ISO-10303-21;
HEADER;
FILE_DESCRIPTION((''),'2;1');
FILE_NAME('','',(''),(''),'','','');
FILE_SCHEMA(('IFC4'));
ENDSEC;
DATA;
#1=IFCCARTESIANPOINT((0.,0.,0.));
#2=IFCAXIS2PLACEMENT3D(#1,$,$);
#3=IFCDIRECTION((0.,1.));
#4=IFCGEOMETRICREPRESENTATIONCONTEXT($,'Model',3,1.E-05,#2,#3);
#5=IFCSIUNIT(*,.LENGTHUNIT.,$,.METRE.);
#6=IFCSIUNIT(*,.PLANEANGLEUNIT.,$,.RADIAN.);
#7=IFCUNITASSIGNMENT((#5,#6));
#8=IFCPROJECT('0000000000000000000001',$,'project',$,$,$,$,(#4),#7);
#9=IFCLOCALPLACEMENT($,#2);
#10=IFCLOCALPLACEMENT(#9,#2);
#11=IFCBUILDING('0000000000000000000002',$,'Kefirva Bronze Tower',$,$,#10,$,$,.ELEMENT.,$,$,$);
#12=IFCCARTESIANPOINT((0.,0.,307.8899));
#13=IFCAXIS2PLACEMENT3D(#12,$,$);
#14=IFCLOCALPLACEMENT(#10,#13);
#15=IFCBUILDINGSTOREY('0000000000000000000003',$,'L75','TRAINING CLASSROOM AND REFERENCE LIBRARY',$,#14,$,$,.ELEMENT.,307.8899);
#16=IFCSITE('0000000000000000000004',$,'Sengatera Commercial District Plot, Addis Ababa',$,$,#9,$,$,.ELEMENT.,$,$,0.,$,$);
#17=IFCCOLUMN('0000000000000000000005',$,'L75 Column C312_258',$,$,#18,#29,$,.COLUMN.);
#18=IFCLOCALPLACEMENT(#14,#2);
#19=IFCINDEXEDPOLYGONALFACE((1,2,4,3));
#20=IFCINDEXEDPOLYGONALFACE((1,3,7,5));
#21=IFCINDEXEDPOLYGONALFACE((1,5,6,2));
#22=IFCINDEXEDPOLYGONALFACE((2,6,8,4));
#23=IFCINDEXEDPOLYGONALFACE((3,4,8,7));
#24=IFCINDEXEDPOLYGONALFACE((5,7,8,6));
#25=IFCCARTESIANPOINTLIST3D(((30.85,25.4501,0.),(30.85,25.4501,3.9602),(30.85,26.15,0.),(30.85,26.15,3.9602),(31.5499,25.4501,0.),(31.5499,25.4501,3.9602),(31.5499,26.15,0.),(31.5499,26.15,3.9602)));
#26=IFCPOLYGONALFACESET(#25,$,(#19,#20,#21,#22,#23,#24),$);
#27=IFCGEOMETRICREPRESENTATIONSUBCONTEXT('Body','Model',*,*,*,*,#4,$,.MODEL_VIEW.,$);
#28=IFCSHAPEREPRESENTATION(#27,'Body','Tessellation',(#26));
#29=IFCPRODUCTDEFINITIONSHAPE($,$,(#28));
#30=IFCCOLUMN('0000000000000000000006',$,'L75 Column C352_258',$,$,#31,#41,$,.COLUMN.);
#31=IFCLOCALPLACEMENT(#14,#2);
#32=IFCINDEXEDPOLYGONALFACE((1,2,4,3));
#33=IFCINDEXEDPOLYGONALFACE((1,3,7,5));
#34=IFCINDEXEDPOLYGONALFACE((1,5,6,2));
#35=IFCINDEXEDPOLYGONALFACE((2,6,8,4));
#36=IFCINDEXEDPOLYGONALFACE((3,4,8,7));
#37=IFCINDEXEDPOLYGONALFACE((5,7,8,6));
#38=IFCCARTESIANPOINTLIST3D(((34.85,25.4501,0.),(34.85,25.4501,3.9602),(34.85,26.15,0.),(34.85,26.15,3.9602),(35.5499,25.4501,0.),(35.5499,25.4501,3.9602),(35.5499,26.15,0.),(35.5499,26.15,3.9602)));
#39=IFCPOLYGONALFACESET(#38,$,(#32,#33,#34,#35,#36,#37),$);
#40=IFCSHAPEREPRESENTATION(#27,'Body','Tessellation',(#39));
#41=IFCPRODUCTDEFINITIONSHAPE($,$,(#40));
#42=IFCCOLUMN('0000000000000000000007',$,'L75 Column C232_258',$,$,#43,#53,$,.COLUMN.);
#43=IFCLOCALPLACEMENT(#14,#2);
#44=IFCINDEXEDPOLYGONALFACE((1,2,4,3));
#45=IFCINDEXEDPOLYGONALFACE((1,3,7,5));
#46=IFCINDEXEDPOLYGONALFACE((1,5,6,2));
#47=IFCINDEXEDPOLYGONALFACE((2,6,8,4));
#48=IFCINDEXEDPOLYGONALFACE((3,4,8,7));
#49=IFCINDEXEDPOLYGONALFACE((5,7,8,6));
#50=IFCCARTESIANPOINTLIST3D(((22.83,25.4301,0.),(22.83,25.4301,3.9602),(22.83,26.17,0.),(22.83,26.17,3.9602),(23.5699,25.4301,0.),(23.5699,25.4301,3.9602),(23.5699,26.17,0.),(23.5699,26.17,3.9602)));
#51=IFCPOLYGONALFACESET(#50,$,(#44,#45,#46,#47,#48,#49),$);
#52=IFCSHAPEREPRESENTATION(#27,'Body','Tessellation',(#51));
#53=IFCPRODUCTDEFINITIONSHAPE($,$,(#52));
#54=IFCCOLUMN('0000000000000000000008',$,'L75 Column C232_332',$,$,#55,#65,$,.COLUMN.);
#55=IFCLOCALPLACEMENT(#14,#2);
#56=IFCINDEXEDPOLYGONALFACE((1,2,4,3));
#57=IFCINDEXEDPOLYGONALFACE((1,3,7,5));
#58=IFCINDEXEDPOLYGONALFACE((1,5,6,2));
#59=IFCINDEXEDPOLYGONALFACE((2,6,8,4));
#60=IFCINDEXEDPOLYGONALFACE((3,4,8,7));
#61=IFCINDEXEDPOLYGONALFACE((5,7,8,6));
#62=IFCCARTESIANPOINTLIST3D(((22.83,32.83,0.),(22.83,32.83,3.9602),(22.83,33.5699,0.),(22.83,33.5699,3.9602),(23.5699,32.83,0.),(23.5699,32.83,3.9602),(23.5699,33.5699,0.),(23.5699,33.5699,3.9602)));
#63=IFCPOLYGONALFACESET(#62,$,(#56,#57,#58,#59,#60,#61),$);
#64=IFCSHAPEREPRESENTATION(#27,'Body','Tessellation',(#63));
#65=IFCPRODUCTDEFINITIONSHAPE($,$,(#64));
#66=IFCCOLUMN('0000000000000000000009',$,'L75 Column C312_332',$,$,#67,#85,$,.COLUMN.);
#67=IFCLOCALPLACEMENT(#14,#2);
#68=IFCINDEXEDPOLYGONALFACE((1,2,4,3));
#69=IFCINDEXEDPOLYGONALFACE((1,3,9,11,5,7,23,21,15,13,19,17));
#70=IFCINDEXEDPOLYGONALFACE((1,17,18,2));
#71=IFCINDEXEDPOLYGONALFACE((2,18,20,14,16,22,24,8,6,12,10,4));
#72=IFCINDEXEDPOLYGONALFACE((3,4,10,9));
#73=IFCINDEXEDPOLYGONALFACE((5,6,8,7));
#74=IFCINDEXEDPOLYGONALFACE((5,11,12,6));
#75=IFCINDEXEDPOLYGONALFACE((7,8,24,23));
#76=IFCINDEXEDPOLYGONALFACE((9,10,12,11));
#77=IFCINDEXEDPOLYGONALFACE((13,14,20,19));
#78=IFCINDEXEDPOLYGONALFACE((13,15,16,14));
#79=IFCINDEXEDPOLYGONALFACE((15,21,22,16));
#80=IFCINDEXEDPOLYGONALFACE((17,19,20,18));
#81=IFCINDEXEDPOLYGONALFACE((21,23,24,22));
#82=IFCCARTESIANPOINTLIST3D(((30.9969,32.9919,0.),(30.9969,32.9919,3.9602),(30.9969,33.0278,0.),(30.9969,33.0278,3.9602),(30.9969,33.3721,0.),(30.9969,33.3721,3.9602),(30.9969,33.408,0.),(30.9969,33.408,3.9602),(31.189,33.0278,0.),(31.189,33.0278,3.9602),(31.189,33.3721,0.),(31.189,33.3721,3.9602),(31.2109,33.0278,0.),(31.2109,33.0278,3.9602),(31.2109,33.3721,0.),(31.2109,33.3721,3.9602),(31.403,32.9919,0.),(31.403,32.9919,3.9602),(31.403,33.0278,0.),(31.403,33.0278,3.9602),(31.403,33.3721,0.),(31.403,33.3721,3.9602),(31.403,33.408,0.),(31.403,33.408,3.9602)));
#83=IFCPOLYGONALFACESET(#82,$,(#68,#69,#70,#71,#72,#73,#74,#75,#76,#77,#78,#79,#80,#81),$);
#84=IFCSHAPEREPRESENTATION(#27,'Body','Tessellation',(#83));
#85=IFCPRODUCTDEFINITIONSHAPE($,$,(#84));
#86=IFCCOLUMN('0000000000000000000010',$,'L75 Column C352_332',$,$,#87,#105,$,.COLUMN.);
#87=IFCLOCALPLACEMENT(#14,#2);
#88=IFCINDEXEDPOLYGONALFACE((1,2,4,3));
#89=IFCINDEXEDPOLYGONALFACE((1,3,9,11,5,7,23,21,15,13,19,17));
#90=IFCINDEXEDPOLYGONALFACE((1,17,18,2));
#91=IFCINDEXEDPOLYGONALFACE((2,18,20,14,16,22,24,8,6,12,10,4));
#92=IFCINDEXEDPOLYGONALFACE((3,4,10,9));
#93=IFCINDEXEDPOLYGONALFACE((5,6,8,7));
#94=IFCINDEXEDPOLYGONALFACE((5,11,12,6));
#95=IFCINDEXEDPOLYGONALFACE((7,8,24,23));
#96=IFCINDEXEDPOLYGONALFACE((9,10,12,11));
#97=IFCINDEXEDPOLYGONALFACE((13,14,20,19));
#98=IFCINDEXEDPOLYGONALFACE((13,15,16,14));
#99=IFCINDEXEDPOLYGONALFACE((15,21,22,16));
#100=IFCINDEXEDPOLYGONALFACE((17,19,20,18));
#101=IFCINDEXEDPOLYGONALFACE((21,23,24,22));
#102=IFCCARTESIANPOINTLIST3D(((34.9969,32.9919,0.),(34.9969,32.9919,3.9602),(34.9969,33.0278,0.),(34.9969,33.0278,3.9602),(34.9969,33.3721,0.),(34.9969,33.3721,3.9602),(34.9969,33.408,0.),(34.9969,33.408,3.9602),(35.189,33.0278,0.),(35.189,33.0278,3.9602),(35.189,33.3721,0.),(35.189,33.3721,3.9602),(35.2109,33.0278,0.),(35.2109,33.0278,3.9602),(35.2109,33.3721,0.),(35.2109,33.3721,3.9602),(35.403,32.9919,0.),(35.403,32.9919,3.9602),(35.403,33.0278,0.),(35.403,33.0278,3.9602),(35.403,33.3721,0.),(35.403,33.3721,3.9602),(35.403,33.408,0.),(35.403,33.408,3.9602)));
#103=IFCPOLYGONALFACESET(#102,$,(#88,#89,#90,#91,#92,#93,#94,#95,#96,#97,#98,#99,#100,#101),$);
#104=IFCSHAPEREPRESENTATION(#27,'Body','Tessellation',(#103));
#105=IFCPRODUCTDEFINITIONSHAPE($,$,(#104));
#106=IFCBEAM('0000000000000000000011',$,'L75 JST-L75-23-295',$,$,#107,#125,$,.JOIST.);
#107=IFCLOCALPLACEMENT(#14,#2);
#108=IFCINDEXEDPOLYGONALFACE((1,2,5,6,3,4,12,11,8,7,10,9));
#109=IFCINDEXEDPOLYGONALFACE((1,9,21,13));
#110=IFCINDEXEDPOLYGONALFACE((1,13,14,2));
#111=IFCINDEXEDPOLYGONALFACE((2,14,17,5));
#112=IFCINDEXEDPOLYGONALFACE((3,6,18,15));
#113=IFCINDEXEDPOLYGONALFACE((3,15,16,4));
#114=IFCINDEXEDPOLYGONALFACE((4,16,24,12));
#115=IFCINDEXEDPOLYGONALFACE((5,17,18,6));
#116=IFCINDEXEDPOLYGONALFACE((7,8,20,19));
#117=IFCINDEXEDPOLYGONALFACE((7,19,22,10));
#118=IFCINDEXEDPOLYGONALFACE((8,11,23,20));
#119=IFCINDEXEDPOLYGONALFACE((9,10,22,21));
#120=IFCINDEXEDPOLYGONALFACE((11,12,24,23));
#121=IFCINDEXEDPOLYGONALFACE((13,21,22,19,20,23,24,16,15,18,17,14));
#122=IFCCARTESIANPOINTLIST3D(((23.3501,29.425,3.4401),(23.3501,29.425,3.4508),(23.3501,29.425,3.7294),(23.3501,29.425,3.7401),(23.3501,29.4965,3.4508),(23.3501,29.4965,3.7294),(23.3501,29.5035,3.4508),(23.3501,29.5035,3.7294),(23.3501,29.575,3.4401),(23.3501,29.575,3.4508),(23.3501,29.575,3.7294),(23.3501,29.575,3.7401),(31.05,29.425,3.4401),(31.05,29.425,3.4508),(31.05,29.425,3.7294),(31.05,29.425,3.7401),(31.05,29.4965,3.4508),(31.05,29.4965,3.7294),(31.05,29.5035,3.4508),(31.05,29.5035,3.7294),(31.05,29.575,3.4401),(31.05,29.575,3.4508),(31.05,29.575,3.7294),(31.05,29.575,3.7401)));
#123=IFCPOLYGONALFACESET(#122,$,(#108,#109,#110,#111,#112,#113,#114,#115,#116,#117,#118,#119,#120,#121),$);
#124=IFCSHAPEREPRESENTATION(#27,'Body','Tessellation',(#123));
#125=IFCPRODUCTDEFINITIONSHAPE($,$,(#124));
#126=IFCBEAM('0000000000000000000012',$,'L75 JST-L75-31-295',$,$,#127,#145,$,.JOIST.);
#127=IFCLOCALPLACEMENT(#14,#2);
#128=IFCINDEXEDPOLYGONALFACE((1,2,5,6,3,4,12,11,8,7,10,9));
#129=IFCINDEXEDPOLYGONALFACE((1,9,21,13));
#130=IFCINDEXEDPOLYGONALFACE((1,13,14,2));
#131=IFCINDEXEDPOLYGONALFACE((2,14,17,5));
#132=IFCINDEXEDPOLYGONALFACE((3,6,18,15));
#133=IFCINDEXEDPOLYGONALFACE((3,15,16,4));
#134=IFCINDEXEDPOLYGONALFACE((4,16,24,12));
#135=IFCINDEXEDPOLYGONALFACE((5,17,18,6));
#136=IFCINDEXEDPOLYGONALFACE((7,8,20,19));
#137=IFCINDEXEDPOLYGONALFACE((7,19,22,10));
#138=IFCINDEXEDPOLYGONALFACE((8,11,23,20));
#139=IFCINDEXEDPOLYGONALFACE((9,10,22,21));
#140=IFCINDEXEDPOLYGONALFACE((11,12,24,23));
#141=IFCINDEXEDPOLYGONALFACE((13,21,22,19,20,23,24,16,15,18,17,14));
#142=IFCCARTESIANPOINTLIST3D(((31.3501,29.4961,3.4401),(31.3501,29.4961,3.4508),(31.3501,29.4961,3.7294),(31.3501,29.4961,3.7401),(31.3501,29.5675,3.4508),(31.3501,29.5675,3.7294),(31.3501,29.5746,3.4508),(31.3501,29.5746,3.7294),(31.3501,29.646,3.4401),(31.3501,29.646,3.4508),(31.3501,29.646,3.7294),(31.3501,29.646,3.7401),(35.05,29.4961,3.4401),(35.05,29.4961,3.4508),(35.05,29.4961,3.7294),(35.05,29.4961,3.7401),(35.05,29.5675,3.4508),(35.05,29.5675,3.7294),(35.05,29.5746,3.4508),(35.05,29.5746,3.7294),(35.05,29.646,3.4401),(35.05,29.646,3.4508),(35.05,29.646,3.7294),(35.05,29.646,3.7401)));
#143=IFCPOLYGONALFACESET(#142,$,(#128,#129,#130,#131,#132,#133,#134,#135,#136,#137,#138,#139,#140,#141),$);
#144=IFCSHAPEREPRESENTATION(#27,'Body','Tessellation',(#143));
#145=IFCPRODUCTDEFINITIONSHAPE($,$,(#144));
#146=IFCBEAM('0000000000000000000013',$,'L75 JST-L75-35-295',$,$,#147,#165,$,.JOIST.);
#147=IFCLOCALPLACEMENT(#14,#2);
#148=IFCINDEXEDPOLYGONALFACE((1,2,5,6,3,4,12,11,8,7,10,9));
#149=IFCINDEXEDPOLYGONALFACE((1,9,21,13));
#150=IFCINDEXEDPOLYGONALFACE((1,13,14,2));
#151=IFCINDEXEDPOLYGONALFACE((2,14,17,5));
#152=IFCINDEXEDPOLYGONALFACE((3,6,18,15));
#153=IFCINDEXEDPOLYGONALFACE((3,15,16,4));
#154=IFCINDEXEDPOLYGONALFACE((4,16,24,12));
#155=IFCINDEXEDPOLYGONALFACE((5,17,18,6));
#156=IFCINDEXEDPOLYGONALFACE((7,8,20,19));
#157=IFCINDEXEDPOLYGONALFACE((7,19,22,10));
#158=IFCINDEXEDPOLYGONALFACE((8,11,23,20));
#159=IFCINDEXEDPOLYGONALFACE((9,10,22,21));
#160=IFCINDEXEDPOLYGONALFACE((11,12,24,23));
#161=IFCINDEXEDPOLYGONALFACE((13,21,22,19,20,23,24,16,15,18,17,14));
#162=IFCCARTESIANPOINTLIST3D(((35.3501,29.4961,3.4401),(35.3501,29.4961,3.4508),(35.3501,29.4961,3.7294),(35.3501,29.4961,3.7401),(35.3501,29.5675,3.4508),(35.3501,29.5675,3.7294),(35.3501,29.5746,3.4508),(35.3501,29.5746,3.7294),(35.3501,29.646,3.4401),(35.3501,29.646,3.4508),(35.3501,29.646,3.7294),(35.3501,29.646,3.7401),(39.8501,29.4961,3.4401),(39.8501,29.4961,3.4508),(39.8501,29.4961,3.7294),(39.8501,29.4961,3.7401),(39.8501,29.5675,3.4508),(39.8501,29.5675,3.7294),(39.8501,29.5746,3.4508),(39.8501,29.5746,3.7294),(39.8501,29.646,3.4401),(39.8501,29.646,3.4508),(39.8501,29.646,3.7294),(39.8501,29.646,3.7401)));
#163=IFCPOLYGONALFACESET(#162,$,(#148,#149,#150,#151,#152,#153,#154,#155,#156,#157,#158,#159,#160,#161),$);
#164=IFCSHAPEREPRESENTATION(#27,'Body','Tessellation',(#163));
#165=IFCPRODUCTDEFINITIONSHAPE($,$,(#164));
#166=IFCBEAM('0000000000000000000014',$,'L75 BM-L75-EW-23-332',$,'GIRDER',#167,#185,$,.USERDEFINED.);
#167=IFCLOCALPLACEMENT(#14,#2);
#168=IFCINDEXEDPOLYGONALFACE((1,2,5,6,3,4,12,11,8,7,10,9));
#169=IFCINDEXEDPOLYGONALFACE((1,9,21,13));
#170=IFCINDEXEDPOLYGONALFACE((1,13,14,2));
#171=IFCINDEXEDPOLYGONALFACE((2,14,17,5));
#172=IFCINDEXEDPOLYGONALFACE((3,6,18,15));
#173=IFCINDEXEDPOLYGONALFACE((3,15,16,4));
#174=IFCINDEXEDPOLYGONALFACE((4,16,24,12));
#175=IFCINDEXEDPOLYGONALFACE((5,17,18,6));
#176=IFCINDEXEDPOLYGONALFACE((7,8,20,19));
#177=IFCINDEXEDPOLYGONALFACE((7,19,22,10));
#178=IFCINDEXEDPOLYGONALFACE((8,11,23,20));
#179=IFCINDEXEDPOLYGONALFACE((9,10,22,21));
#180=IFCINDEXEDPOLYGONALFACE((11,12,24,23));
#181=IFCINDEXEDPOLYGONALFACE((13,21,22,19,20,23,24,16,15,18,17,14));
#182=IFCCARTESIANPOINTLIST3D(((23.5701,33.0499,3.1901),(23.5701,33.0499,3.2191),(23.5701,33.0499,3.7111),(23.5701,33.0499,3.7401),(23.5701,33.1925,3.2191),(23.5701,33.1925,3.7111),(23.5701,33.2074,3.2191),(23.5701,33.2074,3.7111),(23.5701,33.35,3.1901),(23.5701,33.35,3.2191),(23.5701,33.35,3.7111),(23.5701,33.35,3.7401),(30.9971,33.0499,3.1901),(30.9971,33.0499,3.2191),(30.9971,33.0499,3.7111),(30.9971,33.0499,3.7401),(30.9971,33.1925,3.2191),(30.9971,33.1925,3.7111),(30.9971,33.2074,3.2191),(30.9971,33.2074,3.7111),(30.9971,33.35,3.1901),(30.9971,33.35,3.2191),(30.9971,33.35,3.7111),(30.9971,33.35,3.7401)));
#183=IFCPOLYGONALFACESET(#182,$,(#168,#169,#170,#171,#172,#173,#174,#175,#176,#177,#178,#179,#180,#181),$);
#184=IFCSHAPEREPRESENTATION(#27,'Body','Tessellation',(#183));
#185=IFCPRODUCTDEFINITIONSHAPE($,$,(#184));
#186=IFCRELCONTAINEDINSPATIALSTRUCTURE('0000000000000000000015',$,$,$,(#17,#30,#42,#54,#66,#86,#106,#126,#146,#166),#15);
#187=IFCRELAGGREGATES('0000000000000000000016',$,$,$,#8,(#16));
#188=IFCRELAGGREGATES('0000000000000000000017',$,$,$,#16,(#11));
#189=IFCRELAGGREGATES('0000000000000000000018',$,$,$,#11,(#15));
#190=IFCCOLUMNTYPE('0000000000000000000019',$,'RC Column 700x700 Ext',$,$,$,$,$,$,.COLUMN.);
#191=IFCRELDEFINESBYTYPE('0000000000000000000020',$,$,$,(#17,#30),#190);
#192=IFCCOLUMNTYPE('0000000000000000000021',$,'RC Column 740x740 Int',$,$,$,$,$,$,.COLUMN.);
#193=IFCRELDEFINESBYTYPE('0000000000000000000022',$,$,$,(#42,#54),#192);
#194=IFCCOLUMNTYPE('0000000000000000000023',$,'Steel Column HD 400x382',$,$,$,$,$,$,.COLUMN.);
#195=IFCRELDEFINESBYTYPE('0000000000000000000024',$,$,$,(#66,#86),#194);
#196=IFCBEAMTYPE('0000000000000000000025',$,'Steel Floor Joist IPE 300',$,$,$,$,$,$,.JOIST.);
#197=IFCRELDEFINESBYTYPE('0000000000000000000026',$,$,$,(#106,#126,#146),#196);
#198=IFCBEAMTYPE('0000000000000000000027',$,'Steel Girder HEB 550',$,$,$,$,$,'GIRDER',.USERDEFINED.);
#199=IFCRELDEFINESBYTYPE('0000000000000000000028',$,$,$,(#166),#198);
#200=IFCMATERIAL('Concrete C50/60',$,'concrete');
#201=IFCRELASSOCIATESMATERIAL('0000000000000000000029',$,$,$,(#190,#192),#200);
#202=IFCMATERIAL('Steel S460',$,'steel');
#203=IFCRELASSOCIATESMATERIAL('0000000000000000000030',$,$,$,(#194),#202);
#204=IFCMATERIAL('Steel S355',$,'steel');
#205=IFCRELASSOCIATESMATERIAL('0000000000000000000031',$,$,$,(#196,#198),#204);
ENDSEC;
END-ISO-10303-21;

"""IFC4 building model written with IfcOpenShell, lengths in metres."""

from ifc_helpers import new_model, si_unit, direction, frame, origin, origin_2d, place, context, subcontext, project, spatial, rectangle, i_section, extrude, material, material_profile, profile_set, type_object, element, save


model = new_model("IFC4")

# Units and contexts
model_context = context("Model", 3, precision=1e-05, world=origin(), true_north=direction((0.0, 1.0)))
body_context = subcontext(model_context, "Body", "Model", "MODEL_VIEW")
ifc_project = project(units=[si_unit("LENGTHUNIT", "METRE"), si_unit("PLANEANGLEUNIT", "RADIAN")], contexts=[model_context])

# Site, building, storey
site_placement = place(None, origin())
site = spatial("IfcSite", under=ifc_project, at=site_placement, Name="Sengatera Commercial District Plot, Addis Ababa", CompositionType="ELEMENT", RefElevation=0.0)
building_placement = place(site_placement, origin())
building = spatial("IfcBuilding", under=site, at=building_placement, Name="Kefirva Bronze Tower", CompositionType="ELEMENT")
storey_placement = place(building_placement, frame((0.0, 0.0, 307.8899)))
storey = spatial("IfcBuildingStorey", under=building, at=storey_placement, Name="L75", Description="TRAINING CLASSROOM AND REFERENCE LIBRARY", CompositionType="ELEMENT", Elevation=307.8899)

# Columns
ifc_material_1 = material(Name="Concrete C50/60", Category="concrete")
ifc_material_profile_1 = material_profile(ifc_material_1, rectangle(XDim=0.7, YDim=0.7, at=origin_2d()), Name="RC 700x700")
ifc_profile_set_1 = profile_set([ifc_material_profile_1], Name="Concrete C50/60")
column_type_1 = type_object("IfcColumnType", Name="RC Column 700x700 Ext", PredefinedType="COLUMN", material=ifc_profile_set_1)
for number, where, z_axis, x_axis, name in (
    (1, (31.2, 25.8, 0.0), (0.0, 0.0, 1.0), (1.0, 0.0, 0.0), "L75 Column C312_258"),
    (2, (35.2, 25.8, 0.0), (0.0, 0.0, 1.0), (1.0, 0.0, 0.0), "L75 Column C352_258"),
):
    element("IfcColumn", number, at=place(storey_placement, frame(where, z_axis=z_axis, x_axis=x_axis)), inside=storey, type_object=column_type_1, Name=name, PredefinedType="COLUMN", context=body_context, shape_type="SweptSolid", body=[
        extrude(rectangle(XDim=0.7, YDim=0.7, at=origin_2d()), origin(), (0.0, 0.0, 1.0), 3.9602),
    ])
ifc_material_profile_2 = material_profile(ifc_material_1, rectangle(XDim=0.74, YDim=0.74, at=origin_2d()), Name="RC 740x740")
ifc_profile_set_2 = profile_set([ifc_material_profile_2], Name="Concrete C50/60")
column_type_2 = type_object("IfcColumnType", Name="RC Column 740x740 Int", PredefinedType="COLUMN", material=ifc_profile_set_2)
for number, where, z_axis, x_axis, name in (
    (3, (23.2, 25.8, 0.0), (0.0, 0.0, 1.0), (1.0, 0.0, 0.0), "L75 Column C232_258"),
    (4, (23.2, 33.2, 0.0), (0.0, 0.0, 1.0), (1.0, 0.0, 0.0), "L75 Column C232_332"),
):
    element("IfcColumn", number, at=place(storey_placement, frame(where, z_axis=z_axis, x_axis=x_axis)), inside=storey, type_object=column_type_2, Name=name, PredefinedType="COLUMN", context=body_context, shape_type="SweptSolid", body=[
        extrude(rectangle(XDim=0.74, YDim=0.74, at=origin_2d()), origin(), (0.0, 0.0, 1.0), 3.9602),
    ])
ifc_material_2 = material(Name="Steel S460", Category="steel")
ifc_material_profile_3 = material_profile(ifc_material_2, i_section(OverallWidth=0.406, OverallDepth=0.416, WebThickness=0.022, FlangeThickness=0.0359, at=origin_2d()), Name="HD 400x382")
ifc_profile_set_3 = profile_set([ifc_material_profile_3], Name="Steel S460")
column_type_3 = type_object("IfcColumnType", Name="Steel Column HD 400x382", PredefinedType="COLUMN", material=ifc_profile_set_3)
for number, where, z_axis, x_axis, name in (
    (5, (31.2, 33.2, 0.0), (0.0, 0.0, 1.0), (1.0, 0.0, 0.0), "L75 Column C312_332"),
    (6, (35.2, 33.2, 0.0), (0.0, 0.0, 1.0), (1.0, 0.0, 0.0), "L75 Column C352_332"),
):
    element("IfcColumn", number, at=place(storey_placement, frame(where, z_axis=z_axis, x_axis=x_axis)), inside=storey, type_object=column_type_3, Name=name, PredefinedType="COLUMN", context=body_context, shape_type="SweptSolid", body=[
        extrude(i_section(OverallWidth=0.406, OverallDepth=0.416, WebThickness=0.022, FlangeThickness=0.0359, at=origin_2d()), origin(), (0.0, 0.0, 1.0), 3.9602),
    ])

# Beams
ifc_material_3 = material(Name="Steel S355", Category="steel")
ifc_material_profile_4 = material_profile(ifc_material_3, i_section(OverallWidth=0.1499, OverallDepth=0.3, WebThickness=0.0071, FlangeThickness=0.0107, at=origin_2d()), Name="IPE 300")
ifc_profile_set_4 = profile_set([ifc_material_profile_4], Name="Steel S355")
beam_type_1 = type_object("IfcBeamType", Name="Steel Floor Joist IPE 300", PredefinedType="JOIST", material=ifc_profile_set_4)
beam_1_placement = place(storey_placement, frame((23.3501, 29.5, 3.5901), z_axis=(1.0, 0.0, 0.0), x_axis=(0.0, 1.0, 0.0)))
element("IfcBeam", 7, at=beam_1_placement, inside=storey, type_object=beam_type_1, Name="L75 JST-L75-23-295", PredefinedType="JOIST", context=body_context, shape_type="SweptSolid", body=[
    extrude(i_section(OverallWidth=0.1499, OverallDepth=0.3, WebThickness=0.0071, FlangeThickness=0.0107, at=origin_2d()), origin(), (0.0, 0.0, 1.0), 7.7),
])
beam_2_placement = place(storey_placement, frame((31.3501, 29.571, 3.5901), z_axis=(1.0, 0.0, 0.0), x_axis=(0.0, 1.0, 0.0)))
element("IfcBeam", 8, at=beam_2_placement, inside=storey, type_object=beam_type_1, Name="L75 JST-L75-31-295", PredefinedType="JOIST", context=body_context, shape_type="SweptSolid", body=[
    extrude(i_section(OverallWidth=0.1499, OverallDepth=0.3, WebThickness=0.0071, FlangeThickness=0.0107, at=origin_2d()), origin(), (0.0, 0.0, 1.0), 3.7),
])
beam_3_placement = place(storey_placement, frame((35.3501, 29.571, 3.5901), z_axis=(1.0, 0.0, 0.0), x_axis=(0.0, 1.0, 0.0)))
element("IfcBeam", 9, at=beam_3_placement, inside=storey, type_object=beam_type_1, Name="L75 JST-L75-35-295", PredefinedType="JOIST", context=body_context, shape_type="SweptSolid", body=[
    extrude(i_section(OverallWidth=0.1499, OverallDepth=0.3, WebThickness=0.0071, FlangeThickness=0.0107, at=origin_2d()), origin(), (0.0, 0.0, 1.0), 4.5),
])
ifc_material_profile_5 = material_profile(ifc_material_3, i_section(OverallWidth=0.3, OverallDepth=0.55, WebThickness=0.0149, FlangeThickness=0.0291, at=origin_2d()), Name="HEB 550")
ifc_profile_set_5 = profile_set([ifc_material_profile_5], Name="Steel S355")
beam_type_2 = type_object("IfcBeamType", Name="Steel Girder HEB 550", ElementType="GIRDER", PredefinedType="USERDEFINED", material=ifc_profile_set_5)
beam_4_placement = place(storey_placement, frame((23.5701, 33.2, 3.4651), z_axis=(1.0, 0.0, 0.0), x_axis=(0.0, 1.0, 0.0)))
element("IfcBeam", 10, at=beam_4_placement, inside=storey, type_object=beam_type_2, Name="L75 BM-L75-EW-23-332", ObjectType="GIRDER", PredefinedType="USERDEFINED", context=body_context, shape_type="SweptSolid", body=[
    extrude(i_section(OverallWidth=0.3, OverallDepth=0.55, WebThickness=0.0149, FlangeThickness=0.0291, at=origin_2d()), origin(), (0.0, 0.0, 1.0), 7.427),
])

save(model, "model.ifc")
